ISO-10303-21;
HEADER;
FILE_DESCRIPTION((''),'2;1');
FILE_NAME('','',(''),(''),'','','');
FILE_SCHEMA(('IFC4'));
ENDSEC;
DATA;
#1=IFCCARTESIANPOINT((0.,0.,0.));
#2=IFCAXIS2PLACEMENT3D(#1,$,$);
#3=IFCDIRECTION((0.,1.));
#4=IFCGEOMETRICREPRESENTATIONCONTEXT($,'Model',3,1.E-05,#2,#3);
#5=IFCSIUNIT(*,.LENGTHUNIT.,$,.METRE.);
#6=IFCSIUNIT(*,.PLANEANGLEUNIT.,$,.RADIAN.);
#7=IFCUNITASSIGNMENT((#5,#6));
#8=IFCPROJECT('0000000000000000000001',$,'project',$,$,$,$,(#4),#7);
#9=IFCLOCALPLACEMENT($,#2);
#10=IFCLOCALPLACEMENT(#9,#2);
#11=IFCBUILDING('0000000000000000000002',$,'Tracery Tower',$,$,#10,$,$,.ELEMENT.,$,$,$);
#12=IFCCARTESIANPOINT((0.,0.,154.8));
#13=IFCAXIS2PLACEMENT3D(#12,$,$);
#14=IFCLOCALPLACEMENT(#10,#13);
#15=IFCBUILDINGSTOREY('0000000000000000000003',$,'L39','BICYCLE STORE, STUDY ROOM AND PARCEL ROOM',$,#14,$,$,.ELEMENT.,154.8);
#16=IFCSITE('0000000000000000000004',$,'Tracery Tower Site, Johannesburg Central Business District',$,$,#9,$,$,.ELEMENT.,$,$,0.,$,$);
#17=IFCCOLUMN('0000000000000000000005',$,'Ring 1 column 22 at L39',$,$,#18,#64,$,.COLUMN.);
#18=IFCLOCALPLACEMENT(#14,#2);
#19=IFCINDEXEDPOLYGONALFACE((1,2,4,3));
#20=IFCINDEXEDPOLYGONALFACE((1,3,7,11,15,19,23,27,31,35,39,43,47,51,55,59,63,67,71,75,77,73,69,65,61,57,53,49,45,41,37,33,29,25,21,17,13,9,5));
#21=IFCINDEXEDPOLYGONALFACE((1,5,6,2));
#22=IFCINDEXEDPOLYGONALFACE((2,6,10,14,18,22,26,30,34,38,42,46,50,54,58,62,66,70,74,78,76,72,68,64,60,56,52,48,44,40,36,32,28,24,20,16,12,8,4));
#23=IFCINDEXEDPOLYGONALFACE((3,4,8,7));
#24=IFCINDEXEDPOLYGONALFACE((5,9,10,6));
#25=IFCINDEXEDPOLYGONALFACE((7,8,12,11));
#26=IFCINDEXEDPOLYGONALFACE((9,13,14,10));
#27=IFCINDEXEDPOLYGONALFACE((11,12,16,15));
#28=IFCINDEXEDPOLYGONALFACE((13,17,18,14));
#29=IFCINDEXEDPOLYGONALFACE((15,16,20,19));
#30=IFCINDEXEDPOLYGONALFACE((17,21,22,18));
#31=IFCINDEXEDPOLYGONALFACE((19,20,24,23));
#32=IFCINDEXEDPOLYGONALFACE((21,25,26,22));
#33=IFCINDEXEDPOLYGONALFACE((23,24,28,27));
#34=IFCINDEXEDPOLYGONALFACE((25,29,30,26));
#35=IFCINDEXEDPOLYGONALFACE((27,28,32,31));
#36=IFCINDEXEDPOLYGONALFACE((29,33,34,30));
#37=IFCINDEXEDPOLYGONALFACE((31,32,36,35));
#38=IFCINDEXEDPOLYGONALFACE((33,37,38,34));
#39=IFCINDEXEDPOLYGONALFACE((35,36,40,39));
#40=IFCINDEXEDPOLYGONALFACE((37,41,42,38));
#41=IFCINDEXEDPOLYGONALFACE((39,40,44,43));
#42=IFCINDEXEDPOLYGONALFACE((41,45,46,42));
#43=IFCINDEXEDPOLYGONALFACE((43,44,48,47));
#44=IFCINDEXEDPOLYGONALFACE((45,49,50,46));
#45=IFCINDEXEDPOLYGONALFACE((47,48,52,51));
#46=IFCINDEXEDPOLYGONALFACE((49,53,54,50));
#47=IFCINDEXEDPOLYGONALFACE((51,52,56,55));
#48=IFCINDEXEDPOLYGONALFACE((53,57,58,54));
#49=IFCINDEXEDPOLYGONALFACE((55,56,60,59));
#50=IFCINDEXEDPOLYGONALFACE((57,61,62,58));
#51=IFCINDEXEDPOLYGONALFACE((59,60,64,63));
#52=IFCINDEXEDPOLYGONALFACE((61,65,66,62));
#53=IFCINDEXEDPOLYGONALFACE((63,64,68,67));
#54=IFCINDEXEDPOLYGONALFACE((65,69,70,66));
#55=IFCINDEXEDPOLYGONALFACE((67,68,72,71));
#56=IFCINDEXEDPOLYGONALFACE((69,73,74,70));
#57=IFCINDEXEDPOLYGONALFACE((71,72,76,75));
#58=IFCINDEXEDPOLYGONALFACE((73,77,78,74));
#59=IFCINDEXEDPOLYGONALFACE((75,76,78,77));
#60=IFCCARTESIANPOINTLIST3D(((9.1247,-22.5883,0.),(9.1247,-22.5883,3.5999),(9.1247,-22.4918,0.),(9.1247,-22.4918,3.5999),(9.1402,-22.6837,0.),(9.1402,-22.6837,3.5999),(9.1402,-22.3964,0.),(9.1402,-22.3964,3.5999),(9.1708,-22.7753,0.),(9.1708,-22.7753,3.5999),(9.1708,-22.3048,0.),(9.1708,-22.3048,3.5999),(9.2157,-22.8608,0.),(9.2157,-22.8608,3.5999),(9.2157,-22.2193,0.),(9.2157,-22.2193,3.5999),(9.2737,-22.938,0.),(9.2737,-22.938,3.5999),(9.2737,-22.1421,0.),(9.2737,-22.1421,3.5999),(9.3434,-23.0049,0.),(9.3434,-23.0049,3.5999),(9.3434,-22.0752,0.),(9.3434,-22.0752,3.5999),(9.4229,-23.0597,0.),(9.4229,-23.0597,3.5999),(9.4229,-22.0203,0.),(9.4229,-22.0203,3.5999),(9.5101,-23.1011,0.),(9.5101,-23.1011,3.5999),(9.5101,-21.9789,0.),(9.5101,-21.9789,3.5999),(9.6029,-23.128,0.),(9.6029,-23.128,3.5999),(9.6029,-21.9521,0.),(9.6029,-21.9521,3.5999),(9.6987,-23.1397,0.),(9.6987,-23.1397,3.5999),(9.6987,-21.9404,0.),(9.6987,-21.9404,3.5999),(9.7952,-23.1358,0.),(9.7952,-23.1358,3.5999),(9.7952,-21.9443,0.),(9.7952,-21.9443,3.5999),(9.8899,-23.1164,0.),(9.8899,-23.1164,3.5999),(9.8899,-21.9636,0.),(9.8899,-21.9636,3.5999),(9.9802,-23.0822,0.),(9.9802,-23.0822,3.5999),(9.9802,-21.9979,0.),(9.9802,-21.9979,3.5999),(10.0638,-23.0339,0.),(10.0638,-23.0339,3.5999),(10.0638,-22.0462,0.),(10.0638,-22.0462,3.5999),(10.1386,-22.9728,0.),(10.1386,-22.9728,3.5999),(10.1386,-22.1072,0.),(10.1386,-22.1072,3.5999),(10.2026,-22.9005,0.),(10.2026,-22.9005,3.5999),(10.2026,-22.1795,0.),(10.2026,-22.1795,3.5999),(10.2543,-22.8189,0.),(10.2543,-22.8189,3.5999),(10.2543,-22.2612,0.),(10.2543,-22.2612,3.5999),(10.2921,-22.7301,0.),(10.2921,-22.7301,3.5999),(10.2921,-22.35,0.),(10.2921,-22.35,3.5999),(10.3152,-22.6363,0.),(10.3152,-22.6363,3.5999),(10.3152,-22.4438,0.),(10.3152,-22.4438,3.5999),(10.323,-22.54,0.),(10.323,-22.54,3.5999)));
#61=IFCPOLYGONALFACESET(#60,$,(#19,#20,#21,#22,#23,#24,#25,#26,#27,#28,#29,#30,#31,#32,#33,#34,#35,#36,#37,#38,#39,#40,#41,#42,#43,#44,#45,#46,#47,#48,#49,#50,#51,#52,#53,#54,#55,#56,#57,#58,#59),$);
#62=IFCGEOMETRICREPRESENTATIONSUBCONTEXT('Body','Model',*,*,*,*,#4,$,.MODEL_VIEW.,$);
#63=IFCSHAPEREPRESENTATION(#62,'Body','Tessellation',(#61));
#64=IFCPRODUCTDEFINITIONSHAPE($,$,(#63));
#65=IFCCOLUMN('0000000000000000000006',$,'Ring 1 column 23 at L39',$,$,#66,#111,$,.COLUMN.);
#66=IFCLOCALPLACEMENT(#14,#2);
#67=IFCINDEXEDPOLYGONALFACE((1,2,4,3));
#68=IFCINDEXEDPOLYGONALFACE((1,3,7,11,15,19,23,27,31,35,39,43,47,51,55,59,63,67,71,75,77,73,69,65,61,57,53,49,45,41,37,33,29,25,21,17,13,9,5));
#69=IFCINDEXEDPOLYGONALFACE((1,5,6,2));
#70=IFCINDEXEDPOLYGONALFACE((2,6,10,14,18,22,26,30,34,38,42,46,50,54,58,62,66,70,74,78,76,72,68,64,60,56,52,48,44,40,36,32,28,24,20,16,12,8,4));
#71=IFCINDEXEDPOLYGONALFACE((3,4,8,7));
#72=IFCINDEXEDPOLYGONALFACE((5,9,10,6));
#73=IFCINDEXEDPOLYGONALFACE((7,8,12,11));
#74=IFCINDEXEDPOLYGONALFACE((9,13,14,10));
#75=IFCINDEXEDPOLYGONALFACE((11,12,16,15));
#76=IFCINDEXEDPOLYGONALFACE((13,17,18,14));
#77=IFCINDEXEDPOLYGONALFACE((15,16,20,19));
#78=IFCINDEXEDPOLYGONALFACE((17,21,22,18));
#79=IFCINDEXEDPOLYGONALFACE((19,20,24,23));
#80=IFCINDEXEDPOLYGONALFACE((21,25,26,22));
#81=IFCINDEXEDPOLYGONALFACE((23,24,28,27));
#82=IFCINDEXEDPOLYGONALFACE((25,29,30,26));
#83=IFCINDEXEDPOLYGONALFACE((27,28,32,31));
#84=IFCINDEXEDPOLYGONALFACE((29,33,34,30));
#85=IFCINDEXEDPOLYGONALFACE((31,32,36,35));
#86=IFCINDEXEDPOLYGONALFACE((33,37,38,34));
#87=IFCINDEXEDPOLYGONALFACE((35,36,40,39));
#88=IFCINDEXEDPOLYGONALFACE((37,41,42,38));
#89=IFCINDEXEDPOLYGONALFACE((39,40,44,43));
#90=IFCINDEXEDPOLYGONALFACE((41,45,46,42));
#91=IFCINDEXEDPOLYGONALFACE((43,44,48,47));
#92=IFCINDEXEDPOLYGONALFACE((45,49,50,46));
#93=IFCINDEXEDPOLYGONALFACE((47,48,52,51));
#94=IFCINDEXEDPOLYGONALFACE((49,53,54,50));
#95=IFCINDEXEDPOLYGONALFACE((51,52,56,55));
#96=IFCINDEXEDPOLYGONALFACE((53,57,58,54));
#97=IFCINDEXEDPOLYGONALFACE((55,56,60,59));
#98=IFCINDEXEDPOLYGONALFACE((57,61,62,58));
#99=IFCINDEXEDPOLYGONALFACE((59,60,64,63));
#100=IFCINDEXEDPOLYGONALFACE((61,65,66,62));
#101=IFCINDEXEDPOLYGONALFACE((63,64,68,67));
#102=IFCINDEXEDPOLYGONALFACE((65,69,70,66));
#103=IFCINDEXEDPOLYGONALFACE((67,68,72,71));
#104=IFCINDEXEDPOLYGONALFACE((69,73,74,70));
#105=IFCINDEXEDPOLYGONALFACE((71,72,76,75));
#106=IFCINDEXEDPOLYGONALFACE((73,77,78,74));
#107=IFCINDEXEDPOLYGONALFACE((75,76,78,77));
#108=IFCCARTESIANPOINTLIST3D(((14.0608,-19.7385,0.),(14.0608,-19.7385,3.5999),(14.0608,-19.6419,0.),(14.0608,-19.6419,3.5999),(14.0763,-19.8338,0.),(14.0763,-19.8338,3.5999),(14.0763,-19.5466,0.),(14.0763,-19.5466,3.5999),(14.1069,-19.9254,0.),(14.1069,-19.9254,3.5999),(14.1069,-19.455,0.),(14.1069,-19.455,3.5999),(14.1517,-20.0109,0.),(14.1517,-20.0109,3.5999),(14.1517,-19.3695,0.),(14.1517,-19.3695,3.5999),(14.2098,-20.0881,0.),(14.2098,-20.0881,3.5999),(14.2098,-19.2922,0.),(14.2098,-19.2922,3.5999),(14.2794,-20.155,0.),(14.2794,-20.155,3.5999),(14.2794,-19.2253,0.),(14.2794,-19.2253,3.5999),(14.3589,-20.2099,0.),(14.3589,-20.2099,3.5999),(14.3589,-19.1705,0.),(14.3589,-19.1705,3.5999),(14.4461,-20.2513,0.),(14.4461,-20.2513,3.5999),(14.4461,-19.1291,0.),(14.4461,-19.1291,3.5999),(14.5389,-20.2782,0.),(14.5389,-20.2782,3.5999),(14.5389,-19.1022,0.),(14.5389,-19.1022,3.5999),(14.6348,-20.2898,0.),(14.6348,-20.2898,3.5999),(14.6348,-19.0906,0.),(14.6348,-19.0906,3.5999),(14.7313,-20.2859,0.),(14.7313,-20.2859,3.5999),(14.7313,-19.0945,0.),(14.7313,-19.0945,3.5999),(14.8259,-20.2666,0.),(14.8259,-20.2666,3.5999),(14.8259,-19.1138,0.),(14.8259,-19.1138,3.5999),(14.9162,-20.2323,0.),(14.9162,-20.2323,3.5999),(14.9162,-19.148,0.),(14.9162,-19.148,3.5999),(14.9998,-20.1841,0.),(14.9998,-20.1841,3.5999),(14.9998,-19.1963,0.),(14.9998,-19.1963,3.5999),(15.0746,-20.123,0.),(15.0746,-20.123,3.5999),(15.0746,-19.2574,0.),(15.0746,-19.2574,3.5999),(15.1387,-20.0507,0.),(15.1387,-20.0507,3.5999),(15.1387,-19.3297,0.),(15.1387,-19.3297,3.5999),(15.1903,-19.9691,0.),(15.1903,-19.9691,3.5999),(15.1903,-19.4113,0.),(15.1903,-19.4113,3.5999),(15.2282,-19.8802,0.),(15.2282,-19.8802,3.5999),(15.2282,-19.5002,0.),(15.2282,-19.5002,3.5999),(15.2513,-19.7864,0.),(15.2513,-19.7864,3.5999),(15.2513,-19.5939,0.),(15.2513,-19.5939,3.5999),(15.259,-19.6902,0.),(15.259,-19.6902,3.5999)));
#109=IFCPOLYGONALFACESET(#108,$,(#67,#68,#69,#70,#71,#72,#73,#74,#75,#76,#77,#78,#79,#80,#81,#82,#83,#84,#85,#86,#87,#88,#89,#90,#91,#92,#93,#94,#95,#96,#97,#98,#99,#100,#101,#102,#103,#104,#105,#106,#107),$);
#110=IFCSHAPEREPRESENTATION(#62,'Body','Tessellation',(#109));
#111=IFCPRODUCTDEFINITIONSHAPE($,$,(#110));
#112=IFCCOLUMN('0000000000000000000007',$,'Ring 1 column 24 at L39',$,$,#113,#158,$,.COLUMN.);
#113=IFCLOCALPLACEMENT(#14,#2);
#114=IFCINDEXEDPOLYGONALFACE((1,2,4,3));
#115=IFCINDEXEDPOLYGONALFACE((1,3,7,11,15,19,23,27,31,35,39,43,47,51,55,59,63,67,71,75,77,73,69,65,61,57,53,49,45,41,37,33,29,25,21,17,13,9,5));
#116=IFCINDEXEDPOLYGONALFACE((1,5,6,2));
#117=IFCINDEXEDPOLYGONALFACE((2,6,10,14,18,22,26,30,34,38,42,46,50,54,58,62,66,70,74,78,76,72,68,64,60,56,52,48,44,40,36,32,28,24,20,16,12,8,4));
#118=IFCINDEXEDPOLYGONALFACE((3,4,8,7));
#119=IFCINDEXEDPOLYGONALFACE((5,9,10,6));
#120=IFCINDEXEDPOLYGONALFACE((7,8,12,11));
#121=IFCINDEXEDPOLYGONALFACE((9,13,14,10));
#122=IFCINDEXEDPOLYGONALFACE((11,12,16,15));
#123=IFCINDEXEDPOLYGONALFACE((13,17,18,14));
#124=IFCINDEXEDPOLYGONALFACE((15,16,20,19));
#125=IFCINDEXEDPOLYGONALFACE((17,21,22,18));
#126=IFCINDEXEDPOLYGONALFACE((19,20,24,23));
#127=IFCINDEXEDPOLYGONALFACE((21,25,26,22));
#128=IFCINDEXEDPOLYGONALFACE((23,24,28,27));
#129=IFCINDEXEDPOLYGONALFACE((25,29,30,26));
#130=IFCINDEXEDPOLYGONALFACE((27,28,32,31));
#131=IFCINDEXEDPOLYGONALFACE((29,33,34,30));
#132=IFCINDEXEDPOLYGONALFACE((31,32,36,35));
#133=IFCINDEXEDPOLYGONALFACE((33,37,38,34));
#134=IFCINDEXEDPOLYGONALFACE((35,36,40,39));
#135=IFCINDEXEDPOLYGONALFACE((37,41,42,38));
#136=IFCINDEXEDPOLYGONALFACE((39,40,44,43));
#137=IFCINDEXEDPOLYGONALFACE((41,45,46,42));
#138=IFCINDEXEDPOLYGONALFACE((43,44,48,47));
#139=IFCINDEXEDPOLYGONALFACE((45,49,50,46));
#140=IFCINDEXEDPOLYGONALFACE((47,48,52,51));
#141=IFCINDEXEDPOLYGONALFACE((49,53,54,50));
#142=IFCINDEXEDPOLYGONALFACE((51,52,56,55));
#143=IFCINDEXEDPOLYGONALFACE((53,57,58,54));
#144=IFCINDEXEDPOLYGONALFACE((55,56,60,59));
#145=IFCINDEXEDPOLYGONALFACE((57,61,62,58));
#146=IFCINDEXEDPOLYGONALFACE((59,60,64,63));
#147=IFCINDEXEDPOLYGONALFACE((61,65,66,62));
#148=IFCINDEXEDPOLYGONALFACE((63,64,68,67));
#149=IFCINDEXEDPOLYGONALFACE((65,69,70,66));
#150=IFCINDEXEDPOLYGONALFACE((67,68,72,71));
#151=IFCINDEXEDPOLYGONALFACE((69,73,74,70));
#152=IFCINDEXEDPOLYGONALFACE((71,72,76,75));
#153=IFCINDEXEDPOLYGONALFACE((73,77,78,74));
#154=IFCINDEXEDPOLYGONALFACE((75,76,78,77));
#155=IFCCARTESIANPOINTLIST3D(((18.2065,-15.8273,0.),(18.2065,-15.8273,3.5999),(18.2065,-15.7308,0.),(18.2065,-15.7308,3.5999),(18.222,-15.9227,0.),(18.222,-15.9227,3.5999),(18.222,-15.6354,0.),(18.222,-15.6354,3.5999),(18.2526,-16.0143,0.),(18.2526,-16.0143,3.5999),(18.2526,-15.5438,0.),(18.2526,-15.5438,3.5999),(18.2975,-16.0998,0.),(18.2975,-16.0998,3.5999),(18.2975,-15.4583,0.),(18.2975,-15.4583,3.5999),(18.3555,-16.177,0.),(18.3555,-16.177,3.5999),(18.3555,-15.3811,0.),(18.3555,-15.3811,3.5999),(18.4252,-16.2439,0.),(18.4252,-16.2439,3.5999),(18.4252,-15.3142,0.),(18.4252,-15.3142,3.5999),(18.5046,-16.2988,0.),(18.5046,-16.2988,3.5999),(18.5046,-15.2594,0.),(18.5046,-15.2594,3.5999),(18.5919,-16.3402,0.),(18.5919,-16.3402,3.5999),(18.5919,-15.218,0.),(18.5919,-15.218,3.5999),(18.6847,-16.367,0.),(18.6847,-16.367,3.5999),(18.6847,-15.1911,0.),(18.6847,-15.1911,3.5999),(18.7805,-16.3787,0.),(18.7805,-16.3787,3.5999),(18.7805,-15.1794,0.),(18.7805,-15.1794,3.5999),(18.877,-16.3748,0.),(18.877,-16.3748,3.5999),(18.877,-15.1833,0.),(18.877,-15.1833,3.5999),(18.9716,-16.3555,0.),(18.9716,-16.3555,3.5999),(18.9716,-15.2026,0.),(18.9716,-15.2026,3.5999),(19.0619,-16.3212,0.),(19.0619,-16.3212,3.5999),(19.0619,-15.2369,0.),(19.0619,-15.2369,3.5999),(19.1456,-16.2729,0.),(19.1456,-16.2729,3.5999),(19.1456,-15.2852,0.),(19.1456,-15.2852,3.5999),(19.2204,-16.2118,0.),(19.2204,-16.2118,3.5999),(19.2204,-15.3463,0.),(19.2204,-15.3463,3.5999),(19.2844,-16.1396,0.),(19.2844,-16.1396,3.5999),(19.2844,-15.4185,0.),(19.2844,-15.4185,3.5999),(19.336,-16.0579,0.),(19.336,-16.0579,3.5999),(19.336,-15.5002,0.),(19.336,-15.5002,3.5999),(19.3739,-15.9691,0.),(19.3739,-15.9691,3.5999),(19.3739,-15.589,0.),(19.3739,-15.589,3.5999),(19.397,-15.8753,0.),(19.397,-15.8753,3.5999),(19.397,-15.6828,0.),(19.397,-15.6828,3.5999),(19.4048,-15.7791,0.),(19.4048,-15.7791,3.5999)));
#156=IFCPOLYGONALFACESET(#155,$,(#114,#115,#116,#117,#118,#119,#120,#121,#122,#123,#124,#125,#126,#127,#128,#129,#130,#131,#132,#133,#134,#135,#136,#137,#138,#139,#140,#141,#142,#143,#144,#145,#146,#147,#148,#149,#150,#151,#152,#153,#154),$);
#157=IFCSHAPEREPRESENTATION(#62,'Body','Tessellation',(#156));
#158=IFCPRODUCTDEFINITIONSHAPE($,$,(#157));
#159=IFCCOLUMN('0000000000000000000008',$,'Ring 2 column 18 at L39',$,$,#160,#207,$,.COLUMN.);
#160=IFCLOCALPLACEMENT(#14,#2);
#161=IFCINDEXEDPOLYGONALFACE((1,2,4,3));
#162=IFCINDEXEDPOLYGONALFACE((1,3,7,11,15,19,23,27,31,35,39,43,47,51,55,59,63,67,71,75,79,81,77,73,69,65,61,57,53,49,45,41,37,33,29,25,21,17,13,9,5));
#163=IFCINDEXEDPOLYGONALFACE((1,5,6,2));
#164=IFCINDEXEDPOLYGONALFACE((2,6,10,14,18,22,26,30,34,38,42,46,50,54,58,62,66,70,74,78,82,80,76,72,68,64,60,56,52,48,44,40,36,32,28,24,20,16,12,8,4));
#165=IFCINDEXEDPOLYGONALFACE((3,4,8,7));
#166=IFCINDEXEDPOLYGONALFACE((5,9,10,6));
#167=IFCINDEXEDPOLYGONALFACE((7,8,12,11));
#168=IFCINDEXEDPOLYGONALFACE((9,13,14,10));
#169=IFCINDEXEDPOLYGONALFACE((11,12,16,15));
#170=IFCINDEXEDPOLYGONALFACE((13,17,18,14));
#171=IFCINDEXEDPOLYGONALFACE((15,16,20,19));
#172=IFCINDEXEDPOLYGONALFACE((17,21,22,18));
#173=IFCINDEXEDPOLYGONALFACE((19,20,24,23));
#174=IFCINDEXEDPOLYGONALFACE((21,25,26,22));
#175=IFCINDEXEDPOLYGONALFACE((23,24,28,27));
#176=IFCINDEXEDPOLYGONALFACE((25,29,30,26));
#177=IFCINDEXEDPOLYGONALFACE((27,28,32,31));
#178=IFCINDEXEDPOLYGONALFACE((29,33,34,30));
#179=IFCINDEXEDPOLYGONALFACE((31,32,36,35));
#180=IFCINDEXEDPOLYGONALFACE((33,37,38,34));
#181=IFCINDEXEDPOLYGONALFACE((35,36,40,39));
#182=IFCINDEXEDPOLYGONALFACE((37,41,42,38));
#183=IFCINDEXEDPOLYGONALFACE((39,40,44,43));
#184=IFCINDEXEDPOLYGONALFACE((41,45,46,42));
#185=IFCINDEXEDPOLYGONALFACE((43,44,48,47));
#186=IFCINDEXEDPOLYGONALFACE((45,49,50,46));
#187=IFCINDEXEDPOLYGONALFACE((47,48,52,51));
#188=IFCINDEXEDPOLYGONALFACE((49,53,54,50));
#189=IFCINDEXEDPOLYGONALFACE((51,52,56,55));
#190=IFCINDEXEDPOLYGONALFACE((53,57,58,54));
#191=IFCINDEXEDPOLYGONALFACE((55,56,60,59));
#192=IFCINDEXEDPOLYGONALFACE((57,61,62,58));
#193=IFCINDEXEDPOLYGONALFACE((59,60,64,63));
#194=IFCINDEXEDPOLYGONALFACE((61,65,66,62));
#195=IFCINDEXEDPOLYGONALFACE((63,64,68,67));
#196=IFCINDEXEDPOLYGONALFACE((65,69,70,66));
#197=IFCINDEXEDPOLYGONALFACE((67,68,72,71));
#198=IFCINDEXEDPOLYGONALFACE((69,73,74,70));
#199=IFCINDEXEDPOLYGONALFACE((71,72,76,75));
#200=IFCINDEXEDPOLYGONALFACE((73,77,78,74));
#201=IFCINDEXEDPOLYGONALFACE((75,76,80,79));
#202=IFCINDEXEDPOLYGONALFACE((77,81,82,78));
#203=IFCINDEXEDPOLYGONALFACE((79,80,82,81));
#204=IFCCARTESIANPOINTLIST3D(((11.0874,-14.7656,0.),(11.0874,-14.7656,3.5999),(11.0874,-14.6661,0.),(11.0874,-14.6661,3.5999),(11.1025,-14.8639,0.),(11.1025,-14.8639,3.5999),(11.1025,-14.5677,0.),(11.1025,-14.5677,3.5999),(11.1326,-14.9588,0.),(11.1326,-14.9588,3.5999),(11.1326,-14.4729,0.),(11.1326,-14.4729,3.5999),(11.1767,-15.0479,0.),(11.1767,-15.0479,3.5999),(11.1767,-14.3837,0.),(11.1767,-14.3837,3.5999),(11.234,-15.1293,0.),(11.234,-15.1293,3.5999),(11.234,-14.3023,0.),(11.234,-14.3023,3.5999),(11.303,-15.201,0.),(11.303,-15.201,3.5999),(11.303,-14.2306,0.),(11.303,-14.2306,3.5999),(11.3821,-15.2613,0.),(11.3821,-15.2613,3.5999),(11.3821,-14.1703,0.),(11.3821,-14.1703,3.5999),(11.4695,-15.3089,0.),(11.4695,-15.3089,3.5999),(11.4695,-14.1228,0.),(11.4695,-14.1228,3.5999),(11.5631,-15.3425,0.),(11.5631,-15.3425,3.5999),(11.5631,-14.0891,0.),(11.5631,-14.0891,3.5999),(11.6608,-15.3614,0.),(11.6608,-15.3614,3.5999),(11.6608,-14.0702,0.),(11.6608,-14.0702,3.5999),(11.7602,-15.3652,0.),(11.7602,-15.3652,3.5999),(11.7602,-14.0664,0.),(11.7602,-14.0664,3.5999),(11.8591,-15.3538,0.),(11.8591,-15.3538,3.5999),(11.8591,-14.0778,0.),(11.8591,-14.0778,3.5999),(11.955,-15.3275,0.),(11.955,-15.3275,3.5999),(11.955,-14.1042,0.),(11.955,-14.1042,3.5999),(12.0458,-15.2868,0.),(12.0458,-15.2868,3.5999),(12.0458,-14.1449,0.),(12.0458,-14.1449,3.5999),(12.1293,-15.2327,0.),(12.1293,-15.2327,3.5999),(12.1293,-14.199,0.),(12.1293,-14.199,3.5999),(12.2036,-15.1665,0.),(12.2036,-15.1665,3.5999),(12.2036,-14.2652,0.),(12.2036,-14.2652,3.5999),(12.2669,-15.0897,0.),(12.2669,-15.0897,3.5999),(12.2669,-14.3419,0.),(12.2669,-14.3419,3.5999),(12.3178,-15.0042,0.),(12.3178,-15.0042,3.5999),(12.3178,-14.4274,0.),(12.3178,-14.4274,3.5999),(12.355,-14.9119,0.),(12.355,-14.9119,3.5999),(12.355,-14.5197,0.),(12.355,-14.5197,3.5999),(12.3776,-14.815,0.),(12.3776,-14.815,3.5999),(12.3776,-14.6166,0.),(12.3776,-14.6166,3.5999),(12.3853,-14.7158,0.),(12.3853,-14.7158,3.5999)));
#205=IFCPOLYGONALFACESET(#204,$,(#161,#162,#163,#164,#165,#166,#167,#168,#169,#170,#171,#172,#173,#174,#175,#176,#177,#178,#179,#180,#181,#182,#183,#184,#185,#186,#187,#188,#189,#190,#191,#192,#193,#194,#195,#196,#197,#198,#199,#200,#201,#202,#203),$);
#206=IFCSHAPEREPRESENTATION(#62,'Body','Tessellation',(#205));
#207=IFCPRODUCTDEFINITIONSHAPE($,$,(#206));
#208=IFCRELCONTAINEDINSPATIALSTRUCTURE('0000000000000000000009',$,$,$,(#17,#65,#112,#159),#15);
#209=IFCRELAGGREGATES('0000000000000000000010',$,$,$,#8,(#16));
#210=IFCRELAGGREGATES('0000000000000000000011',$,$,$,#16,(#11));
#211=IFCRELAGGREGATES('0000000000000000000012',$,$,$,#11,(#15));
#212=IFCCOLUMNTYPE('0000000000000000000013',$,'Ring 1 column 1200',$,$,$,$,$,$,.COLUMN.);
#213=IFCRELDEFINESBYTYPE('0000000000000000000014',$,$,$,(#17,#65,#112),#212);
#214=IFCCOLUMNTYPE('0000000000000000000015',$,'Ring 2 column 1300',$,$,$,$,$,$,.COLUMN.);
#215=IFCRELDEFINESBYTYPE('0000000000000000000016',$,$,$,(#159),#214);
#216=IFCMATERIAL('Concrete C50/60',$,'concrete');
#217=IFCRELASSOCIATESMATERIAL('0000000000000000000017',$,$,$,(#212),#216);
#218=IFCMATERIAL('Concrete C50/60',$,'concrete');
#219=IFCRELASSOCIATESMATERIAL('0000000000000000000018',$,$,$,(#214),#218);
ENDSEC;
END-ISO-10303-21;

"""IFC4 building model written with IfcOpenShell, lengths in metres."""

from ifc_helpers import new_model, si_unit, direction, frame, origin, origin_2d, place, context, subcontext, project, spatial, circle, extrude, material, material_profile, profile_set, type_object, element, save


model = new_model("IFC4")

# Units and contexts
model_context = context("Model", 3, precision=1e-05, world=origin(), true_north=direction((0.0, 1.0)))
body_context = subcontext(model_context, "Body", "Model", "MODEL_VIEW")
ifc_project = project(units=[si_unit("LENGTHUNIT", "METRE"), si_unit("PLANEANGLEUNIT", "RADIAN")], contexts=[model_context])

# Site, building, storey
site_placement = place(None, origin())
site = spatial("IfcSite", under=ifc_project, at=site_placement, Name="Tracery Tower Site, Johannesburg Central Business District", CompositionType="ELEMENT", RefElevation=0.0)
building_placement = place(site_placement, origin())
building = spatial("IfcBuilding", under=site, at=building_placement, Name="Tracery Tower", CompositionType="ELEMENT")
storey_placement = place(building_placement, frame((0.0, 0.0, 154.8)))
storey = spatial("IfcBuildingStorey", under=building, at=storey_placement, Name="L39", Description="BICYCLE STORE, STUDY ROOM AND PARCEL ROOM", CompositionType="ELEMENT", Elevation=154.8)

# Columns
ifc_material_1 = material(Name="Concrete C50/60", Category="concrete")
ifc_material_profile_1 = material_profile(ifc_material_1, circle(Radius=0.6001, at=origin_2d()), Name="RC D1200")
ifc_profile_set_1 = profile_set([ifc_material_profile_1], Name="Concrete C50/60")
column_type_1 = type_object("IfcColumnType", Name="Ring 1 column 1200", PredefinedType="COLUMN", material=ifc_profile_set_1)
for number, where, z_axis, x_axis, name in (
    (1, (9.7229, -22.54, 0.0), (0.0, 0.0, 1.0), (1.0, 0.0, 0.0), "Ring 1 column 22 at L39"),
    (2, (14.6589, -19.6902, 0.0), (0.0, 0.0, 1.0), (1.0, 0.0, 0.0), "Ring 1 column 23 at L39"),
    (3, (18.8047, -15.7791, 0.0), (0.0, 0.0, 1.0), (1.0, 0.0, 0.0), "Ring 1 column 24 at L39"),
):
    element("IfcColumn", number, at=place(storey_placement, frame(where, z_axis=z_axis, x_axis=x_axis)), inside=storey, type_object=column_type_1, Name=name, PredefinedType="COLUMN", context=body_context, shape_type="SweptSolid", body=[
        extrude(circle(Radius=0.6001, at=origin_2d()), origin(), (0.0, 0.0, 1.0), 3.5999),
    ])
ifc_material_2 = material(Name="Concrete C50/60", Category="concrete")
ifc_material_profile_2 = material_profile(ifc_material_2, circle(Radius=0.6499, at=origin_2d()), Name="RC D1300")
ifc_profile_set_2 = profile_set([ifc_material_profile_2], Name="Concrete C50/60")
column_type_2 = type_object("IfcColumnType", Name="Ring 2 column 1300", PredefinedType="COLUMN", material=ifc_profile_set_2)
column_placement = place(storey_placement, frame((11.7354, -14.7158, 0.0), z_axis=(0.0, 0.0, 1.0), x_axis=(1.0, 0.0, 0.0)))
element("IfcColumn", 4, at=column_placement, inside=storey, type_object=column_type_2, Name="Ring 2 column 18 at L39", PredefinedType="COLUMN", context=body_context, shape_type="SweptSolid", body=[
    extrude(circle(Radius=0.6499, at=origin_2d()), origin(), (0.0, 0.0, 1.0), 3.5999),
])

save(model, "model.ifc")
